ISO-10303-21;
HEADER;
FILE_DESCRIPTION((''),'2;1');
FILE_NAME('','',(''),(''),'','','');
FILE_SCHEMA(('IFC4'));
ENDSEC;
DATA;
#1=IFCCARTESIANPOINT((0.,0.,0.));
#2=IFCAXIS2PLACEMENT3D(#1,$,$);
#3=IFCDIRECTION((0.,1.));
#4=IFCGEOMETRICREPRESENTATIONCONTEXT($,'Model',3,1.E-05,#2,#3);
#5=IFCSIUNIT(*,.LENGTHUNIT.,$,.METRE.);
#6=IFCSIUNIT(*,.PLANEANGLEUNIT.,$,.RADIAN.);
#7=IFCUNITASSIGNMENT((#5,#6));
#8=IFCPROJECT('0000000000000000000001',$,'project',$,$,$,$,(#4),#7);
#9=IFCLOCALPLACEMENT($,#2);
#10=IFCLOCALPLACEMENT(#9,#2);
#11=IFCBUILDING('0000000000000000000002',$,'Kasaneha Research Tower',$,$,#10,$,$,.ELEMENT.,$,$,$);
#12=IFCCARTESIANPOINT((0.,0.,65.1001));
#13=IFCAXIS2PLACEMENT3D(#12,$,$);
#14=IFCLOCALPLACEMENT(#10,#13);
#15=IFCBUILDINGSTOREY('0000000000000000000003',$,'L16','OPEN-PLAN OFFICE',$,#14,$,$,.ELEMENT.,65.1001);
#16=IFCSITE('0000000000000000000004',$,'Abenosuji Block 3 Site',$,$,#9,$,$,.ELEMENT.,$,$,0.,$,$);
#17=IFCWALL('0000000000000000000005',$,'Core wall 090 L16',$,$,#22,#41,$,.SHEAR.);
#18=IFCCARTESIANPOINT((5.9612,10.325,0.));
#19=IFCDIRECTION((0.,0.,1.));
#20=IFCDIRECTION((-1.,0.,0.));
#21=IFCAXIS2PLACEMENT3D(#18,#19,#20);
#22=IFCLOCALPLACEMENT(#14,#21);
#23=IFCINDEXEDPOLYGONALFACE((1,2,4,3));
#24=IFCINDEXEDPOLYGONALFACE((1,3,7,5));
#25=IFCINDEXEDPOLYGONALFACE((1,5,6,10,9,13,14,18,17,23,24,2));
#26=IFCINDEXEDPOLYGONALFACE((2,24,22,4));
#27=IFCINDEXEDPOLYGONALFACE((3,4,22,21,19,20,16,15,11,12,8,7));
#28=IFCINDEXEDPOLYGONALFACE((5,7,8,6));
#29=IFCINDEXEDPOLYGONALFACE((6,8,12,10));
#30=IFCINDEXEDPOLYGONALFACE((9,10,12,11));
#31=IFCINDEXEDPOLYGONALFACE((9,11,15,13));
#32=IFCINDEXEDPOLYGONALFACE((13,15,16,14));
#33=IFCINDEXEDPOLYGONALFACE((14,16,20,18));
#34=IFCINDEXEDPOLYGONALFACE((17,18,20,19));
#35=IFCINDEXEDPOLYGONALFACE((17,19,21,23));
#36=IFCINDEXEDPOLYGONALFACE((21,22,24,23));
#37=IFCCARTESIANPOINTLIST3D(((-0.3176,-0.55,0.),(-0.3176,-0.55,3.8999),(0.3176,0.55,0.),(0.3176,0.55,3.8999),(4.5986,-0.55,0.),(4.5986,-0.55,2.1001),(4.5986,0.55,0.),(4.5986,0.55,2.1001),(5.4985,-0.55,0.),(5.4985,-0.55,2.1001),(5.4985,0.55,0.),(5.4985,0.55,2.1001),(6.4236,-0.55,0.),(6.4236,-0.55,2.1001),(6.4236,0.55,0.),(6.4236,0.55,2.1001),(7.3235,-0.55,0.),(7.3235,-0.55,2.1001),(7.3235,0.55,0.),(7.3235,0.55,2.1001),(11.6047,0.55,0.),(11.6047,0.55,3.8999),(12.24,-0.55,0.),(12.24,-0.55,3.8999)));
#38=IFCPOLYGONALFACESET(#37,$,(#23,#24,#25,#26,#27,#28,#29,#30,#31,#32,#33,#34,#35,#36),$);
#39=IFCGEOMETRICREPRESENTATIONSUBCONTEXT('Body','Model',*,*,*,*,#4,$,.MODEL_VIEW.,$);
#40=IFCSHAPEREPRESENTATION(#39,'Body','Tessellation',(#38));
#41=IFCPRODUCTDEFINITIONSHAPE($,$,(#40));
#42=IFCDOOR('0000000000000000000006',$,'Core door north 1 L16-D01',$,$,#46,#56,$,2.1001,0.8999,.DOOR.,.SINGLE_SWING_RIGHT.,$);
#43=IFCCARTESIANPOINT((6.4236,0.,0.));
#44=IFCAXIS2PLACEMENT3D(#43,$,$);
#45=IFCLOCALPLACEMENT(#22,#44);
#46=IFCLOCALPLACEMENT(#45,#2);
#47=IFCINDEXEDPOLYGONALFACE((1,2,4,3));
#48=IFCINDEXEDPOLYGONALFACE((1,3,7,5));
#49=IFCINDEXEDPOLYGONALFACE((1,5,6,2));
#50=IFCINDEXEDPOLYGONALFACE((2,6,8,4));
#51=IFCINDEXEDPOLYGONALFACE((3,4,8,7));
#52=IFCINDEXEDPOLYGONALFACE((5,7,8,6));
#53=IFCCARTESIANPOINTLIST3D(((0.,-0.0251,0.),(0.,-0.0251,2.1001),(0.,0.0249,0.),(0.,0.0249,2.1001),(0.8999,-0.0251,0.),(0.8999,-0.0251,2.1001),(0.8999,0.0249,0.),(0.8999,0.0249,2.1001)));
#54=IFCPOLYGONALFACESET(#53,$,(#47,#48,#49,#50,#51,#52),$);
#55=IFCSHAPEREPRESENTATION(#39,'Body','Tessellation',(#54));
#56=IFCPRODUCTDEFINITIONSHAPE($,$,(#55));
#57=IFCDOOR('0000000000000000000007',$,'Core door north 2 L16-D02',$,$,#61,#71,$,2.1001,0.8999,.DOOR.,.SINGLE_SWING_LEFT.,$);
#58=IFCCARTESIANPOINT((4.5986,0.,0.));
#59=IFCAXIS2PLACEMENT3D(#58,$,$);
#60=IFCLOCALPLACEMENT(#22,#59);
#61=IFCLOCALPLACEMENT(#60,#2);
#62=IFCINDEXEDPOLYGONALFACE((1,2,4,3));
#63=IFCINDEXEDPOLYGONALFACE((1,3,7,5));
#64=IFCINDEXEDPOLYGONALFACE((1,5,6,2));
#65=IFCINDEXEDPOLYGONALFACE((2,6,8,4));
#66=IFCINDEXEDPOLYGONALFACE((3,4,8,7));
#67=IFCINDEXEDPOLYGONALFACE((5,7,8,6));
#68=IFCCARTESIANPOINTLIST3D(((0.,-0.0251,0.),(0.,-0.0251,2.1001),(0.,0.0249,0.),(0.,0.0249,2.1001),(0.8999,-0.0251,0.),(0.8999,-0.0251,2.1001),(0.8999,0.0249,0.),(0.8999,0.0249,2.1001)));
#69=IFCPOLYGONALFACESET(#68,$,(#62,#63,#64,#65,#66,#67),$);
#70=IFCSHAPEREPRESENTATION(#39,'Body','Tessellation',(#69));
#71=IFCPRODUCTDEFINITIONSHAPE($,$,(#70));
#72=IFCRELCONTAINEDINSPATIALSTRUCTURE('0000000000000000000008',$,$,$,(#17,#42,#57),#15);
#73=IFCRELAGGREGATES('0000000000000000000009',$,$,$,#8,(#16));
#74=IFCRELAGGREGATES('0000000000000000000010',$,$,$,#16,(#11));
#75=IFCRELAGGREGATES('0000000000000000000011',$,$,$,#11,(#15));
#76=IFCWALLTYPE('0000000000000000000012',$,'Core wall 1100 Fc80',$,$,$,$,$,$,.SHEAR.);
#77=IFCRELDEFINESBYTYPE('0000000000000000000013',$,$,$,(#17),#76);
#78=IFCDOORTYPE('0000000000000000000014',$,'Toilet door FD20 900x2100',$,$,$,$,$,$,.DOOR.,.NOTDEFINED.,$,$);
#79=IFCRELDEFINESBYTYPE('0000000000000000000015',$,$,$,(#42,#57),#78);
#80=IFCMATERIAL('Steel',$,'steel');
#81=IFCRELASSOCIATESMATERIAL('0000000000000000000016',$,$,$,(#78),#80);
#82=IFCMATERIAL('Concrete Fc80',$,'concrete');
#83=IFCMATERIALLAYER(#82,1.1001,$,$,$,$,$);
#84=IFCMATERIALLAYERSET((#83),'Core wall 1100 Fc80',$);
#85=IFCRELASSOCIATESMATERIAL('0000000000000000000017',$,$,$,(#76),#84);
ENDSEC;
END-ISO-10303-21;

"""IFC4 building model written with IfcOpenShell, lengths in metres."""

from ifc_helpers import new_model, si_unit, direction, frame, frame_2d, origin, place, context, subcontext, project, spatial, polyline, rectangle, outline, extrude, material, layer, layer_set, type_object, element, fill, save


model = new_model("IFC4")

# Units and contexts
model_context = context("Model", 3, precision=1e-05, world=origin(), true_north=direction((0.0, 1.0)))
body_context = subcontext(model_context, "Body", "Model", "MODEL_VIEW")
ifc_project = project(units=[si_unit("LENGTHUNIT", "METRE"), si_unit("PLANEANGLEUNIT", "RADIAN")], contexts=[model_context])

# Site, building, storey
site_placement = place(None, origin())
site = spatial("IfcSite", under=ifc_project, at=site_placement, Name="Abenosuji Block 3 Site", CompositionType="ELEMENT", RefElevation=0.0)
building_placement = place(site_placement, origin())
building = spatial("IfcBuilding", under=site, at=building_placement, Name="Kasaneha Research Tower", CompositionType="ELEMENT")
storey_placement = place(building_placement, frame((0.0, 0.0, 65.1001)))
storey = spatial("IfcBuildingStorey", under=building, at=storey_placement, Name="L16", Description="OPEN-PLAN OFFICE", CompositionType="ELEMENT", Elevation=65.1001)

# Shared definitions
ifc_material_1 = material(Name="Steel", Category="steel")
door_type_1 = type_object("IfcDoorType", Name="Toilet door FD20 900x2100", OperationType="NOTDEFINED", PredefinedType="DOOR", material=ifc_material_1)

# Wall, openings, doors
ifc_material_2 = material(Name="Concrete Fc80", Category="concrete")
ifc_layer_1 = layer(ifc_material_2, 1.1001)
ifc_layer_set_1 = layer_set([ifc_layer_1], Name="Core wall 1100 Fc80")
wall_type_1 = type_object("IfcWallType", Name="Core wall 1100 Fc80", PredefinedType="SHEAR", material=ifc_layer_set_1)
wall_1_placement = place(storey_placement, frame((5.9612, 10.325, 0.0), z_axis=(0.0, 0.0, 1.0), x_axis=(-1.0, 0.0, 0.0)))
wall_1 = element("IfcWall", 1, at=wall_1_placement, inside=storey, type_object=wall_type_1, Name="Core wall 090 L16", PredefinedType="SHEAR", context=body_context, shape_type="SweptSolid", body=[
    extrude(outline(polyline([(-0.3176, -0.55), (4.5986, -0.55), (5.4985, -0.55), (6.4236, -0.55), (7.3235, -0.55), (12.24, -0.55), (11.6047, 0.55), (7.3235, 0.55), (6.4236, 0.55), (5.4985, 0.55), (4.5986, 0.55), (0.3176, 0.55), (-0.3176, -0.55)])), origin(), (0.0, 0.0, 1.0), 3.8999),
])
opening_1_placement = place(wall_1_placement, frame((6.4236, 0.0, 0.0)))
opening_1 = element("IfcOpeningElement", 2, at=opening_1_placement, cuts=wall_1, PredefinedType="OPENING", context=body_context, shape_type="SweptSolid", body=[
    extrude(rectangle(XDim=0.8999, YDim=2.1001, at=frame_2d((0.45, 1.05))), frame((0.0, 0.5601, 0.0), z_axis=(0.0, -1.0, 0.0), x_axis=(1.0, 0.0, 0.0)), (0.0, 0.0, 1.0), 1.1201),
])
opening_2_placement = place(wall_1_placement, frame((4.5986, 0.0, 0.0)))
opening_2 = element("IfcOpeningElement", 3, at=opening_2_placement, cuts=wall_1, PredefinedType="OPENING", context=body_context, shape_type="SweptSolid", body=[
    extrude(rectangle(XDim=0.8999, YDim=2.1001, at=frame_2d((0.45, 1.05))), frame((0.0, 0.5601, 0.0), z_axis=(0.0, -1.0, 0.0), x_axis=(1.0, 0.0, 0.0)), (0.0, 0.0, 1.0), 1.1201),
])
door_1_placement = place(opening_1_placement, origin())
door_1 = element("IfcDoor", 4, at=door_1_placement, inside=storey, type_object=door_type_1, Name="Core door north 1 L16-D01", OperationType="SINGLE_SWING_RIGHT", OverallHeight=2.1001, OverallWidth=0.8999, PredefinedType="DOOR", context=body_context, shape_type="SweptSolid", body=[
    extrude(rectangle(XDim=0.8999, YDim=2.1001, at=frame_2d((0.45, 1.05))), frame((0.0, 0.0249, 0.0), z_axis=(0.0, -1.0, 0.0), x_axis=(1.0, 0.0, 0.0)), (0.0, 0.0, 1.0), 0.05),
])
fill(opening_1, door_1)
door_2_placement = place(opening_2_placement, origin())
door_2 = element("IfcDoor", 5, at=door_2_placement, inside=storey, type_object=door_type_1, Name="Core door north 2 L16-D02", OperationType="SINGLE_SWING_LEFT", OverallHeight=2.1001, OverallWidth=0.8999, PredefinedType="DOOR", context=body_context, shape_type="SweptSolid", body=[
    extrude(rectangle(XDim=0.8999, YDim=2.1001, at=frame_2d((0.45, 1.05))), frame((0.0, 0.0249, 0.0), z_axis=(0.0, -1.0, 0.0), x_axis=(1.0, 0.0, 0.0)), (0.0, 0.0, 1.0), 0.05),
])
fill(opening_2, door_2)

save(model, "model.ifc")
